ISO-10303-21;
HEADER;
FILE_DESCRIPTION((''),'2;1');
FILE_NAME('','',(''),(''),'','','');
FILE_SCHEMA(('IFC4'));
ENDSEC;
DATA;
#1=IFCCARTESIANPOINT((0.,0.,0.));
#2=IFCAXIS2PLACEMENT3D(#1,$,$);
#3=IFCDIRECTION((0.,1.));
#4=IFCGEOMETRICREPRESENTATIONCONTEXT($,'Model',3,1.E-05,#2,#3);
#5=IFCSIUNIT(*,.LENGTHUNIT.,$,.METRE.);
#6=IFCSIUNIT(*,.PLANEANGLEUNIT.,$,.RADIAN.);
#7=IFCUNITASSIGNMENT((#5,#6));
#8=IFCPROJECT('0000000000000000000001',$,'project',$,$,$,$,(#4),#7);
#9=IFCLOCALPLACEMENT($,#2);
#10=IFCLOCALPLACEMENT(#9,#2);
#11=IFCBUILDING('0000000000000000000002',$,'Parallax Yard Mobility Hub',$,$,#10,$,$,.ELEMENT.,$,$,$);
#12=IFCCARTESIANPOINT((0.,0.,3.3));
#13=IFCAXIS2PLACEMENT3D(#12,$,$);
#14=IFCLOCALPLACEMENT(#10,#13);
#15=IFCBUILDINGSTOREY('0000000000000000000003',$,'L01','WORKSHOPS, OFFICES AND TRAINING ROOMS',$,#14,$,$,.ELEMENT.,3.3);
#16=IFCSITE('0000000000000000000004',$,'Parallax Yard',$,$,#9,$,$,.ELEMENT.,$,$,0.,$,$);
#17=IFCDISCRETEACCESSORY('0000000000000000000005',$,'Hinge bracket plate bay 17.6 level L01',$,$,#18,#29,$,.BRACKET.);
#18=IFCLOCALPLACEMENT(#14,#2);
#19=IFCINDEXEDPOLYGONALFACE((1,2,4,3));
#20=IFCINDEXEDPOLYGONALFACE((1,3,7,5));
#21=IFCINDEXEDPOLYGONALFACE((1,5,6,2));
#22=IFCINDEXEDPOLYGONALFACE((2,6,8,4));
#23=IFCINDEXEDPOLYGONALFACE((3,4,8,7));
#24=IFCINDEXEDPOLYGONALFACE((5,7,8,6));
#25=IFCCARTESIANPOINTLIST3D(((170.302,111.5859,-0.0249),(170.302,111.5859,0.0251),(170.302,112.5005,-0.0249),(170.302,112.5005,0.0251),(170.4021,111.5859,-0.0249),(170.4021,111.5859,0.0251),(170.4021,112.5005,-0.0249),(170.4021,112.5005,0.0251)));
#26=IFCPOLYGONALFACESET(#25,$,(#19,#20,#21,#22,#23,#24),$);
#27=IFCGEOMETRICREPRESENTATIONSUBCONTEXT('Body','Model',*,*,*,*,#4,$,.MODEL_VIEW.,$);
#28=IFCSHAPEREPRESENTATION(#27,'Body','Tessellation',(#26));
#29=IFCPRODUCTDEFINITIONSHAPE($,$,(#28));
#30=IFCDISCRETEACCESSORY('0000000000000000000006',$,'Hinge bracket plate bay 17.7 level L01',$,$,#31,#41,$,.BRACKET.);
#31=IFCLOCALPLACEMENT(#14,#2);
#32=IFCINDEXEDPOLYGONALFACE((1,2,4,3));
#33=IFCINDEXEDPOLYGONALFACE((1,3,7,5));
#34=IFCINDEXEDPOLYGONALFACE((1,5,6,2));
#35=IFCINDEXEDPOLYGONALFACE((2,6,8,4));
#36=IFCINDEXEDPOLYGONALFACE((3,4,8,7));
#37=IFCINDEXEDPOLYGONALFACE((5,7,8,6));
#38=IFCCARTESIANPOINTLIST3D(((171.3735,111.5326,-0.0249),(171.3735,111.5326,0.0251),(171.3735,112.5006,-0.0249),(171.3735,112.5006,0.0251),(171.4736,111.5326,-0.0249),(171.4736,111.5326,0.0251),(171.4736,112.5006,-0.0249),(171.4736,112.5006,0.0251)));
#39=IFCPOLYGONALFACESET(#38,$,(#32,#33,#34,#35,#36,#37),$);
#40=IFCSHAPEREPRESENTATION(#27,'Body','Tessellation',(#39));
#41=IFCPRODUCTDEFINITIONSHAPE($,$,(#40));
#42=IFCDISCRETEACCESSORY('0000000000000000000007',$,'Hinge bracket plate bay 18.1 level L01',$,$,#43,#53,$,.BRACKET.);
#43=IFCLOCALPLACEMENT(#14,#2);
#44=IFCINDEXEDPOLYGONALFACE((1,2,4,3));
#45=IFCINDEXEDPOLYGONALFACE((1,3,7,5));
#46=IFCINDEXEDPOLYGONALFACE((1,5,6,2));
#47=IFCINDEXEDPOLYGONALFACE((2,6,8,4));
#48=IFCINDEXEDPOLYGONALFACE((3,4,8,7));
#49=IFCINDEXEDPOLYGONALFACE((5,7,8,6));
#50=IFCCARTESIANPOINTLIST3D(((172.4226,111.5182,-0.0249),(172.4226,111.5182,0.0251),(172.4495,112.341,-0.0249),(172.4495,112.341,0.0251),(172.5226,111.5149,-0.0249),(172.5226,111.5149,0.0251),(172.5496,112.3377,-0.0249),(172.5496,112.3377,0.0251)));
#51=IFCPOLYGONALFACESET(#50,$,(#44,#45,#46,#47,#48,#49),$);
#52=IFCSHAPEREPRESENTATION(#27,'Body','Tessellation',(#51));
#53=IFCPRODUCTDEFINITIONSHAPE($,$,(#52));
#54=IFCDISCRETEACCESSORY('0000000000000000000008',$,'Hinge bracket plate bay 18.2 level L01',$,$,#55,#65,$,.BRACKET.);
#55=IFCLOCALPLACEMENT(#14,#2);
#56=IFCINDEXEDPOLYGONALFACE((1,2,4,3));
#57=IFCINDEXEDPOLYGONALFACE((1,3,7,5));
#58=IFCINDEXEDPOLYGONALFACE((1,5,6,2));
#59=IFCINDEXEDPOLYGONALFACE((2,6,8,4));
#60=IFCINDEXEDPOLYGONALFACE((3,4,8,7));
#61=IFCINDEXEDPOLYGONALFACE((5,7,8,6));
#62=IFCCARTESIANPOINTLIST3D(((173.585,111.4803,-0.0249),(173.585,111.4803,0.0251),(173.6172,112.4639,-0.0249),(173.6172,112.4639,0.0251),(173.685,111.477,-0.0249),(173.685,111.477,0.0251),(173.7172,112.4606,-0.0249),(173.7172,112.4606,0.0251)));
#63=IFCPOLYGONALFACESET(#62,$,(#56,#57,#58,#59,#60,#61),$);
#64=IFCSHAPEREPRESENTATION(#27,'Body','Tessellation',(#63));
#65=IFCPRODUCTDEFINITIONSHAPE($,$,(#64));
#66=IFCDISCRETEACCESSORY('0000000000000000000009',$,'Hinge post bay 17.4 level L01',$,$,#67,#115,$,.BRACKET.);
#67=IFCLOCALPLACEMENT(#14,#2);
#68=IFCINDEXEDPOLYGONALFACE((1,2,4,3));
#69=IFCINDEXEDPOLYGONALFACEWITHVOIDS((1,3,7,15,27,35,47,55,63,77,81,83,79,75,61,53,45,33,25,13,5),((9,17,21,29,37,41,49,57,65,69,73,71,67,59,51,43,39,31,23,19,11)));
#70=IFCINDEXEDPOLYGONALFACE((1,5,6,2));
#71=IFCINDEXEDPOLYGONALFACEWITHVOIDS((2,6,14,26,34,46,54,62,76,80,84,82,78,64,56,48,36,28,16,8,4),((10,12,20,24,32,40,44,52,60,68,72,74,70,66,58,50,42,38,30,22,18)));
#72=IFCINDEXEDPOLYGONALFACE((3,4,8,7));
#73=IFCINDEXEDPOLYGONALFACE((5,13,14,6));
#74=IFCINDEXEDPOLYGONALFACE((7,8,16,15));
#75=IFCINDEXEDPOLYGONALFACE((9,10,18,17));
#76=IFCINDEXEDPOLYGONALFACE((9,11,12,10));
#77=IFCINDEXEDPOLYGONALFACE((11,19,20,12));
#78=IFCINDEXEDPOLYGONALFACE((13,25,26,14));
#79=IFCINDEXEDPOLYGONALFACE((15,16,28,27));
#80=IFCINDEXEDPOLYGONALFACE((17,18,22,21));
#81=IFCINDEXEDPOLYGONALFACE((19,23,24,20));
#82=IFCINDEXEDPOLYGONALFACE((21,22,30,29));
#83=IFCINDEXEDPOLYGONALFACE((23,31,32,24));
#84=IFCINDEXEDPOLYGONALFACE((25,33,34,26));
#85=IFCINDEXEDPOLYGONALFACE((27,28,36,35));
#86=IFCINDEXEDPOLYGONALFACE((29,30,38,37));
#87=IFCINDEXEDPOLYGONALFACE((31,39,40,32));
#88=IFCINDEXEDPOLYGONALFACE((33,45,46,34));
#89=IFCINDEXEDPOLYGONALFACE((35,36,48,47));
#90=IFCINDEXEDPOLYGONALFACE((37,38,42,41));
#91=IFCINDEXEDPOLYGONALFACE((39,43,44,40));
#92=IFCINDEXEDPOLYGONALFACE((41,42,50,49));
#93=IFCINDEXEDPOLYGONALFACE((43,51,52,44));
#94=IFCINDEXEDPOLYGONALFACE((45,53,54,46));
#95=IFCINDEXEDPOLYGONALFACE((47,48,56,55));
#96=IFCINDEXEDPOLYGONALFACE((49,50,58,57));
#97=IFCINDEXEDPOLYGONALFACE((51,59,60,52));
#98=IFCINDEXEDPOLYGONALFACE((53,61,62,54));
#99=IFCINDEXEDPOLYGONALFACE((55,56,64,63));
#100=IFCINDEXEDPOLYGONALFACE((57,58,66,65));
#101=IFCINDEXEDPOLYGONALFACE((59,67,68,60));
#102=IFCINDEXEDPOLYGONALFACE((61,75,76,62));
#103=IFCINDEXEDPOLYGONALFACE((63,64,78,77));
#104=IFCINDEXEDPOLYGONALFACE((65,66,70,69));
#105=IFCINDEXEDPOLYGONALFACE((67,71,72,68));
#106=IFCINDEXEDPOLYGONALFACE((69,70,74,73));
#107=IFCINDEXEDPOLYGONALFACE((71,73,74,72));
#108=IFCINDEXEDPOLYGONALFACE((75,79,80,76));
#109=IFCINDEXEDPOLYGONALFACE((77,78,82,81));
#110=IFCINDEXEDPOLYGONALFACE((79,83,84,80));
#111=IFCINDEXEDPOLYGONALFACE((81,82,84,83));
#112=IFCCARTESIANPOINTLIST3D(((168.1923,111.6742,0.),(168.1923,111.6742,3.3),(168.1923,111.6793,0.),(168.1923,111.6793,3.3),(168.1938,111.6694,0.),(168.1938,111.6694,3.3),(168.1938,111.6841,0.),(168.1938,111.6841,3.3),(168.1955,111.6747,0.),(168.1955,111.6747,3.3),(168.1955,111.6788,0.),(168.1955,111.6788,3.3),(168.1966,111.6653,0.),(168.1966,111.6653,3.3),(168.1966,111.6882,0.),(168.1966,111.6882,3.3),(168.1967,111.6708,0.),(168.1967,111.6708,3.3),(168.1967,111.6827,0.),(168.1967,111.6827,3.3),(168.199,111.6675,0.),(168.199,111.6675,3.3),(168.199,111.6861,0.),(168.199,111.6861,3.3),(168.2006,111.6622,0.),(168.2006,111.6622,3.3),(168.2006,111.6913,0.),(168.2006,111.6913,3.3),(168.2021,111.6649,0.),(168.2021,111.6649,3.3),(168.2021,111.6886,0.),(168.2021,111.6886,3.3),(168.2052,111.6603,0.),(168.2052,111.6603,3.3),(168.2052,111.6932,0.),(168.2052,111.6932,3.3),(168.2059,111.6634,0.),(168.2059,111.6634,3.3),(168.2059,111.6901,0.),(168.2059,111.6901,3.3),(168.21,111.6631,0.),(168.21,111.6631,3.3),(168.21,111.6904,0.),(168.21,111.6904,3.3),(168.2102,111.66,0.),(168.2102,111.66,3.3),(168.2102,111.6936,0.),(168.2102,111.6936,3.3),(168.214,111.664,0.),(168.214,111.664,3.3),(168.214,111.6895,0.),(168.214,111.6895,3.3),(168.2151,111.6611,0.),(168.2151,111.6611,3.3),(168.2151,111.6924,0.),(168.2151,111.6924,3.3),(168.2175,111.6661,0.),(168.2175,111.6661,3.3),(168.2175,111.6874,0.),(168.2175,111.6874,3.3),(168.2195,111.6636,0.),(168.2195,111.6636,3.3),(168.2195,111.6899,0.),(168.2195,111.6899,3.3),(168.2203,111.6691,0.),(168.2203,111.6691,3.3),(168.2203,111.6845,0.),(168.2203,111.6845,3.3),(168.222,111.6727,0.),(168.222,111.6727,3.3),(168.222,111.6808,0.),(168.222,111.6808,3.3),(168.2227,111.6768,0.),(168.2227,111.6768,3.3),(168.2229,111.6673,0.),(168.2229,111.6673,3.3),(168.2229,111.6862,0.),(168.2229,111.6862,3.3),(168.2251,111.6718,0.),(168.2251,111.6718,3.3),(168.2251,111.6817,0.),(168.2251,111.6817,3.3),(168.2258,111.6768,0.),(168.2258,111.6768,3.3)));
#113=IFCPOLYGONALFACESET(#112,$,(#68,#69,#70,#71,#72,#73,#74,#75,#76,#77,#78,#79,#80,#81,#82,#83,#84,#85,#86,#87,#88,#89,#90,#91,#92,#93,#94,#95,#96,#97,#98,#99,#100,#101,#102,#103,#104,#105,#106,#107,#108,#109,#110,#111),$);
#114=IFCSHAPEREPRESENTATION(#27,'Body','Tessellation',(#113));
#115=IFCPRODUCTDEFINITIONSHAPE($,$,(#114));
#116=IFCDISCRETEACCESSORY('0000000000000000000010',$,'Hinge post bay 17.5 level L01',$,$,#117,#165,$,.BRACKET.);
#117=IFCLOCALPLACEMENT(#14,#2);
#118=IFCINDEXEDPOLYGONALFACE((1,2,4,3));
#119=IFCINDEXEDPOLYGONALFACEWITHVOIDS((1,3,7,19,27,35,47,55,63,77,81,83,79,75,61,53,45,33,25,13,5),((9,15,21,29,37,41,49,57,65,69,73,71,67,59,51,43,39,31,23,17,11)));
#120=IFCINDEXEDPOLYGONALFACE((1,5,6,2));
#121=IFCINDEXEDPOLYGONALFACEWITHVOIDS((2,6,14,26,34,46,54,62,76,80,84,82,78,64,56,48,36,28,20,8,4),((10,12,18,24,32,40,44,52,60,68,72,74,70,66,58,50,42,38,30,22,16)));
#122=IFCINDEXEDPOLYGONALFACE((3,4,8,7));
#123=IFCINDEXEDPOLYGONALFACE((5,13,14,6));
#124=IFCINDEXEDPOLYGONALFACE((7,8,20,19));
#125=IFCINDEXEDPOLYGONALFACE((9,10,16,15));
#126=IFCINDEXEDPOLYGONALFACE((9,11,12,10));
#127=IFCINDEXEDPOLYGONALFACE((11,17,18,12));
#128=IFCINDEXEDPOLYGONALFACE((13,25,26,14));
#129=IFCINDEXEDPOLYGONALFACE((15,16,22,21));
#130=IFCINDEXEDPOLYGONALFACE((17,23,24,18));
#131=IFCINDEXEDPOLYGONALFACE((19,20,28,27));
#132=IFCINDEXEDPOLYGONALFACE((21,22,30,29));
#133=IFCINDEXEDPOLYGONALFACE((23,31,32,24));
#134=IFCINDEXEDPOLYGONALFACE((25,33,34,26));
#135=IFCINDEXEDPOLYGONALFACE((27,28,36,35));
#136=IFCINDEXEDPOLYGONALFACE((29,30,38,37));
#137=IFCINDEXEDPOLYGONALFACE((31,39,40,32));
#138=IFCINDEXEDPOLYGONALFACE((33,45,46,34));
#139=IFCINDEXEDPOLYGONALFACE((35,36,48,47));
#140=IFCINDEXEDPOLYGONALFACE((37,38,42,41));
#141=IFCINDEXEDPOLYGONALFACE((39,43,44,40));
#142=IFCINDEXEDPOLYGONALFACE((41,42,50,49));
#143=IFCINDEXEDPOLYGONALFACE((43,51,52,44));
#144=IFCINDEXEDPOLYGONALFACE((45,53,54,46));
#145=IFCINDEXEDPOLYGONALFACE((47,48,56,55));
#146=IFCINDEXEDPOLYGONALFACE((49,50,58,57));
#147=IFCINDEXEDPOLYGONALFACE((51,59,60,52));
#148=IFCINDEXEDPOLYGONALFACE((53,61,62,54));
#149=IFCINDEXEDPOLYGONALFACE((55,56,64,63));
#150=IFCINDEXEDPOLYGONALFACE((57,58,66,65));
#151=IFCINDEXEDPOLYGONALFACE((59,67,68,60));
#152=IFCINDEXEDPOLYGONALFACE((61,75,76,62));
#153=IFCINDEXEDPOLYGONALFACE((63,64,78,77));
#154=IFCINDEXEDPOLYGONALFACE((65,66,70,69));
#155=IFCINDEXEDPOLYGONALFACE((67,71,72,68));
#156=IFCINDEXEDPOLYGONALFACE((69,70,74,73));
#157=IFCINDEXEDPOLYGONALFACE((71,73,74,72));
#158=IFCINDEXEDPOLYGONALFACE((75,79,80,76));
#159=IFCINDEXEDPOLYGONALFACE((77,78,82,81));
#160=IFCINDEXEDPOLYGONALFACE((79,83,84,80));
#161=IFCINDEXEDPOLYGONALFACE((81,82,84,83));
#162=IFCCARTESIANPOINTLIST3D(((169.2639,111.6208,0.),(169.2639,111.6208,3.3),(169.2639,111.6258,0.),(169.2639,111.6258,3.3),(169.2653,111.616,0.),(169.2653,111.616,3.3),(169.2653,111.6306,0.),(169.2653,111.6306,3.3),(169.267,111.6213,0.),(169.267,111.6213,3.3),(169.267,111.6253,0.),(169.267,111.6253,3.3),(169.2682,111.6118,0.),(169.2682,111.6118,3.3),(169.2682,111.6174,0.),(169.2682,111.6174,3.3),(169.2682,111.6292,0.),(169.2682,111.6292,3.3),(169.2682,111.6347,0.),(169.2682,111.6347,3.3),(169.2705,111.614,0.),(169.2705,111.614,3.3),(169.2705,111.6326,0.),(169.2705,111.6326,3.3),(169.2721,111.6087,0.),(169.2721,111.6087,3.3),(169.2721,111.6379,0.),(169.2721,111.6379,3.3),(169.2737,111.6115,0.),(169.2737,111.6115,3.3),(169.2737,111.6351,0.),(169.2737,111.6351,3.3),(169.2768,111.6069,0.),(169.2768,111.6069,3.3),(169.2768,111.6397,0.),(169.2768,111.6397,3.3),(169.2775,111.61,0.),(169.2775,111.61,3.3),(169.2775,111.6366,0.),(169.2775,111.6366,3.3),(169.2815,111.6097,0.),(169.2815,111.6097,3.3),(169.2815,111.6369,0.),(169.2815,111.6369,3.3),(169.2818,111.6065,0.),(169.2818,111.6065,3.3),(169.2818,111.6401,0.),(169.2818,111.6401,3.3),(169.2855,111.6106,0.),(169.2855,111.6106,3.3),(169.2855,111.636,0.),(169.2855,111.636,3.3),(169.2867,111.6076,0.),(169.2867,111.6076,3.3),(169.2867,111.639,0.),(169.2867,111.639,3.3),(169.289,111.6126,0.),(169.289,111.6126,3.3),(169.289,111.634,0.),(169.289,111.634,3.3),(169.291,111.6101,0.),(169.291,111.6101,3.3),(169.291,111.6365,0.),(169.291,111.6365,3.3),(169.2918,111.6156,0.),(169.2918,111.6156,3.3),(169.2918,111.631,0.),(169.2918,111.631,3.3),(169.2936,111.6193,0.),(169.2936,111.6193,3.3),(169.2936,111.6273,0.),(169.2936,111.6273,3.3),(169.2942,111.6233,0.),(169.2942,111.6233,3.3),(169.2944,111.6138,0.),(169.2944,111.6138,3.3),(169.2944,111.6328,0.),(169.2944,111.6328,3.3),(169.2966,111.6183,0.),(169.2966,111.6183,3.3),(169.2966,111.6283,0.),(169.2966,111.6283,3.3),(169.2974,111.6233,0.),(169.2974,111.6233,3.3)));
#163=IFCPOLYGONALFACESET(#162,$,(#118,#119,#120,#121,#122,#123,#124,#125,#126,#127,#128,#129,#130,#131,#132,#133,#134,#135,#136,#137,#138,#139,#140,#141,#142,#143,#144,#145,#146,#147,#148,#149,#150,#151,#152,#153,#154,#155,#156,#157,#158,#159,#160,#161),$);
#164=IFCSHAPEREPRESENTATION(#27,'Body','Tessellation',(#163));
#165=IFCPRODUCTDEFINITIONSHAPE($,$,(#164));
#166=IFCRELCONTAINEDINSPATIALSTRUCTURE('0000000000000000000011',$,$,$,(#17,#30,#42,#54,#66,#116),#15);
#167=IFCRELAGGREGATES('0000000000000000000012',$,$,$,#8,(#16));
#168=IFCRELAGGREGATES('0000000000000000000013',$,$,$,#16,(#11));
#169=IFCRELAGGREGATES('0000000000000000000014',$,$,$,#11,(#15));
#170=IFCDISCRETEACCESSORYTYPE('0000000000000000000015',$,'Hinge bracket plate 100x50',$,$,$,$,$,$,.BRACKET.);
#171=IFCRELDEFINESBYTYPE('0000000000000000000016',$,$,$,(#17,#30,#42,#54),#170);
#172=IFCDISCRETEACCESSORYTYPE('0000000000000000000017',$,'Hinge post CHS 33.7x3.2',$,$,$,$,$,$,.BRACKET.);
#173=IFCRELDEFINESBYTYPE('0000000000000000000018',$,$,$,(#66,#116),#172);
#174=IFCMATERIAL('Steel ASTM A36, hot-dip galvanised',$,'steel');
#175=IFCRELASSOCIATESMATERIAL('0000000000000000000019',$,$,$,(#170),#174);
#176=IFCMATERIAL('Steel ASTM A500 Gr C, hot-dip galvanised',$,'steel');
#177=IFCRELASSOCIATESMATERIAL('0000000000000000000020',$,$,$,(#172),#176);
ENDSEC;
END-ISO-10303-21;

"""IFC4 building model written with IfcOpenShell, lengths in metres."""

from ifc_helpers import new_model, si_unit, direction, frame, origin, origin_2d, place, context, subcontext, project, spatial, rectangle, hollow_circle, extrude, material, material_profile, profile_set, type_object, element, save


model = new_model("IFC4")

# Units and contexts
model_context = context("Model", 3, precision=1e-05, world=origin(), true_north=direction((0.0, 1.0)))
body_context = subcontext(model_context, "Body", "Model", "MODEL_VIEW")
ifc_project = project(units=[si_unit("LENGTHUNIT", "METRE"), si_unit("PLANEANGLEUNIT", "RADIAN")], contexts=[model_context])

# Site, building, storey
site_placement = place(None, origin())
site = spatial("IfcSite", under=ifc_project, at=site_placement, Name="Parallax Yard", CompositionType="ELEMENT", RefElevation=0.0)
building_placement = place(site_placement, origin())
building = spatial("IfcBuilding", under=site, at=building_placement, Name="Parallax Yard Mobility Hub", CompositionType="ELEMENT")
storey_placement = place(building_placement, frame((0.0, 0.0, 3.3)))
storey = spatial("IfcBuildingStorey", under=building, at=storey_placement, Name="L01", Description="WORKSHOPS, OFFICES AND TRAINING ROOMS", CompositionType="ELEMENT", Elevation=3.3)

# Discrete accessories
ifc_material_1 = material(Name="Steel ASTM A36, hot-dip galvanised", Category="steel")
discrete_accessory_type_1 = type_object("IfcDiscreteAccessoryType", Name="Hinge bracket plate 100x50", PredefinedType="BRACKET", material=ifc_material_1)
discrete_accessory_1_placement = place(storey_placement, frame((170.3521, 112.0432, -0.0249), z_axis=(0.0, 0.0, 1.0), x_axis=(0.0, -1.0, 0.0)))
element("IfcDiscreteAccessory", 1, at=discrete_accessory_1_placement, inside=storey, type_object=discrete_accessory_type_1, Name="Hinge bracket plate bay 17.6 level L01", PredefinedType="BRACKET", context=body_context, shape_type="SweptSolid", body=[
    extrude(rectangle(XDim=0.9146, YDim=0.1001, at=origin_2d()), origin(), (0.0, 0.0, 1.0), 0.05),
])
discrete_accessory_2_placement = place(storey_placement, frame((171.4236, 112.0166, -0.0249), z_axis=(0.0, 0.0, 1.0), x_axis=(0.0, -1.0, 0.0)))
element("IfcDiscreteAccessory", 2, at=discrete_accessory_2_placement, inside=storey, type_object=discrete_accessory_type_1, Name="Hinge bracket plate bay 17.7 level L01", PredefinedType="BRACKET", context=body_context, shape_type="SweptSolid", body=[
    extrude(rectangle(XDim=0.968, YDim=0.1001, at=origin_2d()), origin(), (0.0, 0.0, 1.0), 0.05),
])
discrete_accessory_3_placement = place(storey_placement, frame((172.4861, 111.928, -0.0249), z_axis=(0.0, 0.0, 1.0), x_axis=(-0.032719, -0.999465, 0.0)))
element("IfcDiscreteAccessory", 3, at=discrete_accessory_3_placement, inside=storey, type_object=discrete_accessory_type_1, Name="Hinge bracket plate bay 18.1 level L01", PredefinedType="BRACKET", context=body_context, shape_type="SweptSolid", body=[
    extrude(rectangle(XDim=0.8232, YDim=0.1001, at=origin_2d()), origin(), (0.0, 0.0, 1.0), 0.05),
])
discrete_accessory_4_placement = place(storey_placement, frame((173.6511, 111.9705, -0.0249), z_axis=(0.0, 0.0, 1.0), x_axis=(-0.032719, -0.999465, 0.0)))
element("IfcDiscreteAccessory", 4, at=discrete_accessory_4_placement, inside=storey, type_object=discrete_accessory_type_1, Name="Hinge bracket plate bay 18.2 level L01", PredefinedType="BRACKET", context=body_context, shape_type="SweptSolid", body=[
    extrude(rectangle(XDim=0.9841, YDim=0.1001, at=origin_2d()), origin(), (0.0, 0.0, 1.0), 0.05),
])
ifc_material_2 = material(Name="Steel ASTM A500 Gr C, hot-dip galvanised", Category="steel")
ifc_material_profile_1 = material_profile(ifc_material_2, hollow_circle(Radius=0.0168, WallThickness=0.0032, at=origin_2d()), Name="CHS 33.7x3.2")
ifc_profile_set_1 = profile_set([ifc_material_profile_1], Name="Steel ASTM A500 Gr C, hot-dip galvanised")
discrete_accessory_type_2 = type_object("IfcDiscreteAccessoryType", Name="Hinge post CHS 33.7x3.2", PredefinedType="BRACKET", material=ifc_profile_set_1)
for number, where, z_axis, x_axis, name in (
    (5, (168.209, 111.6768, 0.0), (0.0, 0.0, 1.0), (1.0, 0.0, 0.0), "Hinge post bay 17.4 level L01"),
    (6, (169.2805, 111.6233, 0.0), (0.0, 0.0, 1.0), (1.0, 0.0, 0.0), "Hinge post bay 17.5 level L01"),
):
    element("IfcDiscreteAccessory", number, at=place(storey_placement, frame(where, z_axis=z_axis, x_axis=x_axis)), inside=storey, type_object=discrete_accessory_type_2, Name=name, PredefinedType="BRACKET", context=body_context, shape_type="SweptSolid", body=[
        extrude(hollow_circle(Radius=0.0168, WallThickness=0.0032, at=origin_2d()), origin(), (0.0, 0.0, 1.0), 3.3),
    ])

save(model, "model.ifc")
